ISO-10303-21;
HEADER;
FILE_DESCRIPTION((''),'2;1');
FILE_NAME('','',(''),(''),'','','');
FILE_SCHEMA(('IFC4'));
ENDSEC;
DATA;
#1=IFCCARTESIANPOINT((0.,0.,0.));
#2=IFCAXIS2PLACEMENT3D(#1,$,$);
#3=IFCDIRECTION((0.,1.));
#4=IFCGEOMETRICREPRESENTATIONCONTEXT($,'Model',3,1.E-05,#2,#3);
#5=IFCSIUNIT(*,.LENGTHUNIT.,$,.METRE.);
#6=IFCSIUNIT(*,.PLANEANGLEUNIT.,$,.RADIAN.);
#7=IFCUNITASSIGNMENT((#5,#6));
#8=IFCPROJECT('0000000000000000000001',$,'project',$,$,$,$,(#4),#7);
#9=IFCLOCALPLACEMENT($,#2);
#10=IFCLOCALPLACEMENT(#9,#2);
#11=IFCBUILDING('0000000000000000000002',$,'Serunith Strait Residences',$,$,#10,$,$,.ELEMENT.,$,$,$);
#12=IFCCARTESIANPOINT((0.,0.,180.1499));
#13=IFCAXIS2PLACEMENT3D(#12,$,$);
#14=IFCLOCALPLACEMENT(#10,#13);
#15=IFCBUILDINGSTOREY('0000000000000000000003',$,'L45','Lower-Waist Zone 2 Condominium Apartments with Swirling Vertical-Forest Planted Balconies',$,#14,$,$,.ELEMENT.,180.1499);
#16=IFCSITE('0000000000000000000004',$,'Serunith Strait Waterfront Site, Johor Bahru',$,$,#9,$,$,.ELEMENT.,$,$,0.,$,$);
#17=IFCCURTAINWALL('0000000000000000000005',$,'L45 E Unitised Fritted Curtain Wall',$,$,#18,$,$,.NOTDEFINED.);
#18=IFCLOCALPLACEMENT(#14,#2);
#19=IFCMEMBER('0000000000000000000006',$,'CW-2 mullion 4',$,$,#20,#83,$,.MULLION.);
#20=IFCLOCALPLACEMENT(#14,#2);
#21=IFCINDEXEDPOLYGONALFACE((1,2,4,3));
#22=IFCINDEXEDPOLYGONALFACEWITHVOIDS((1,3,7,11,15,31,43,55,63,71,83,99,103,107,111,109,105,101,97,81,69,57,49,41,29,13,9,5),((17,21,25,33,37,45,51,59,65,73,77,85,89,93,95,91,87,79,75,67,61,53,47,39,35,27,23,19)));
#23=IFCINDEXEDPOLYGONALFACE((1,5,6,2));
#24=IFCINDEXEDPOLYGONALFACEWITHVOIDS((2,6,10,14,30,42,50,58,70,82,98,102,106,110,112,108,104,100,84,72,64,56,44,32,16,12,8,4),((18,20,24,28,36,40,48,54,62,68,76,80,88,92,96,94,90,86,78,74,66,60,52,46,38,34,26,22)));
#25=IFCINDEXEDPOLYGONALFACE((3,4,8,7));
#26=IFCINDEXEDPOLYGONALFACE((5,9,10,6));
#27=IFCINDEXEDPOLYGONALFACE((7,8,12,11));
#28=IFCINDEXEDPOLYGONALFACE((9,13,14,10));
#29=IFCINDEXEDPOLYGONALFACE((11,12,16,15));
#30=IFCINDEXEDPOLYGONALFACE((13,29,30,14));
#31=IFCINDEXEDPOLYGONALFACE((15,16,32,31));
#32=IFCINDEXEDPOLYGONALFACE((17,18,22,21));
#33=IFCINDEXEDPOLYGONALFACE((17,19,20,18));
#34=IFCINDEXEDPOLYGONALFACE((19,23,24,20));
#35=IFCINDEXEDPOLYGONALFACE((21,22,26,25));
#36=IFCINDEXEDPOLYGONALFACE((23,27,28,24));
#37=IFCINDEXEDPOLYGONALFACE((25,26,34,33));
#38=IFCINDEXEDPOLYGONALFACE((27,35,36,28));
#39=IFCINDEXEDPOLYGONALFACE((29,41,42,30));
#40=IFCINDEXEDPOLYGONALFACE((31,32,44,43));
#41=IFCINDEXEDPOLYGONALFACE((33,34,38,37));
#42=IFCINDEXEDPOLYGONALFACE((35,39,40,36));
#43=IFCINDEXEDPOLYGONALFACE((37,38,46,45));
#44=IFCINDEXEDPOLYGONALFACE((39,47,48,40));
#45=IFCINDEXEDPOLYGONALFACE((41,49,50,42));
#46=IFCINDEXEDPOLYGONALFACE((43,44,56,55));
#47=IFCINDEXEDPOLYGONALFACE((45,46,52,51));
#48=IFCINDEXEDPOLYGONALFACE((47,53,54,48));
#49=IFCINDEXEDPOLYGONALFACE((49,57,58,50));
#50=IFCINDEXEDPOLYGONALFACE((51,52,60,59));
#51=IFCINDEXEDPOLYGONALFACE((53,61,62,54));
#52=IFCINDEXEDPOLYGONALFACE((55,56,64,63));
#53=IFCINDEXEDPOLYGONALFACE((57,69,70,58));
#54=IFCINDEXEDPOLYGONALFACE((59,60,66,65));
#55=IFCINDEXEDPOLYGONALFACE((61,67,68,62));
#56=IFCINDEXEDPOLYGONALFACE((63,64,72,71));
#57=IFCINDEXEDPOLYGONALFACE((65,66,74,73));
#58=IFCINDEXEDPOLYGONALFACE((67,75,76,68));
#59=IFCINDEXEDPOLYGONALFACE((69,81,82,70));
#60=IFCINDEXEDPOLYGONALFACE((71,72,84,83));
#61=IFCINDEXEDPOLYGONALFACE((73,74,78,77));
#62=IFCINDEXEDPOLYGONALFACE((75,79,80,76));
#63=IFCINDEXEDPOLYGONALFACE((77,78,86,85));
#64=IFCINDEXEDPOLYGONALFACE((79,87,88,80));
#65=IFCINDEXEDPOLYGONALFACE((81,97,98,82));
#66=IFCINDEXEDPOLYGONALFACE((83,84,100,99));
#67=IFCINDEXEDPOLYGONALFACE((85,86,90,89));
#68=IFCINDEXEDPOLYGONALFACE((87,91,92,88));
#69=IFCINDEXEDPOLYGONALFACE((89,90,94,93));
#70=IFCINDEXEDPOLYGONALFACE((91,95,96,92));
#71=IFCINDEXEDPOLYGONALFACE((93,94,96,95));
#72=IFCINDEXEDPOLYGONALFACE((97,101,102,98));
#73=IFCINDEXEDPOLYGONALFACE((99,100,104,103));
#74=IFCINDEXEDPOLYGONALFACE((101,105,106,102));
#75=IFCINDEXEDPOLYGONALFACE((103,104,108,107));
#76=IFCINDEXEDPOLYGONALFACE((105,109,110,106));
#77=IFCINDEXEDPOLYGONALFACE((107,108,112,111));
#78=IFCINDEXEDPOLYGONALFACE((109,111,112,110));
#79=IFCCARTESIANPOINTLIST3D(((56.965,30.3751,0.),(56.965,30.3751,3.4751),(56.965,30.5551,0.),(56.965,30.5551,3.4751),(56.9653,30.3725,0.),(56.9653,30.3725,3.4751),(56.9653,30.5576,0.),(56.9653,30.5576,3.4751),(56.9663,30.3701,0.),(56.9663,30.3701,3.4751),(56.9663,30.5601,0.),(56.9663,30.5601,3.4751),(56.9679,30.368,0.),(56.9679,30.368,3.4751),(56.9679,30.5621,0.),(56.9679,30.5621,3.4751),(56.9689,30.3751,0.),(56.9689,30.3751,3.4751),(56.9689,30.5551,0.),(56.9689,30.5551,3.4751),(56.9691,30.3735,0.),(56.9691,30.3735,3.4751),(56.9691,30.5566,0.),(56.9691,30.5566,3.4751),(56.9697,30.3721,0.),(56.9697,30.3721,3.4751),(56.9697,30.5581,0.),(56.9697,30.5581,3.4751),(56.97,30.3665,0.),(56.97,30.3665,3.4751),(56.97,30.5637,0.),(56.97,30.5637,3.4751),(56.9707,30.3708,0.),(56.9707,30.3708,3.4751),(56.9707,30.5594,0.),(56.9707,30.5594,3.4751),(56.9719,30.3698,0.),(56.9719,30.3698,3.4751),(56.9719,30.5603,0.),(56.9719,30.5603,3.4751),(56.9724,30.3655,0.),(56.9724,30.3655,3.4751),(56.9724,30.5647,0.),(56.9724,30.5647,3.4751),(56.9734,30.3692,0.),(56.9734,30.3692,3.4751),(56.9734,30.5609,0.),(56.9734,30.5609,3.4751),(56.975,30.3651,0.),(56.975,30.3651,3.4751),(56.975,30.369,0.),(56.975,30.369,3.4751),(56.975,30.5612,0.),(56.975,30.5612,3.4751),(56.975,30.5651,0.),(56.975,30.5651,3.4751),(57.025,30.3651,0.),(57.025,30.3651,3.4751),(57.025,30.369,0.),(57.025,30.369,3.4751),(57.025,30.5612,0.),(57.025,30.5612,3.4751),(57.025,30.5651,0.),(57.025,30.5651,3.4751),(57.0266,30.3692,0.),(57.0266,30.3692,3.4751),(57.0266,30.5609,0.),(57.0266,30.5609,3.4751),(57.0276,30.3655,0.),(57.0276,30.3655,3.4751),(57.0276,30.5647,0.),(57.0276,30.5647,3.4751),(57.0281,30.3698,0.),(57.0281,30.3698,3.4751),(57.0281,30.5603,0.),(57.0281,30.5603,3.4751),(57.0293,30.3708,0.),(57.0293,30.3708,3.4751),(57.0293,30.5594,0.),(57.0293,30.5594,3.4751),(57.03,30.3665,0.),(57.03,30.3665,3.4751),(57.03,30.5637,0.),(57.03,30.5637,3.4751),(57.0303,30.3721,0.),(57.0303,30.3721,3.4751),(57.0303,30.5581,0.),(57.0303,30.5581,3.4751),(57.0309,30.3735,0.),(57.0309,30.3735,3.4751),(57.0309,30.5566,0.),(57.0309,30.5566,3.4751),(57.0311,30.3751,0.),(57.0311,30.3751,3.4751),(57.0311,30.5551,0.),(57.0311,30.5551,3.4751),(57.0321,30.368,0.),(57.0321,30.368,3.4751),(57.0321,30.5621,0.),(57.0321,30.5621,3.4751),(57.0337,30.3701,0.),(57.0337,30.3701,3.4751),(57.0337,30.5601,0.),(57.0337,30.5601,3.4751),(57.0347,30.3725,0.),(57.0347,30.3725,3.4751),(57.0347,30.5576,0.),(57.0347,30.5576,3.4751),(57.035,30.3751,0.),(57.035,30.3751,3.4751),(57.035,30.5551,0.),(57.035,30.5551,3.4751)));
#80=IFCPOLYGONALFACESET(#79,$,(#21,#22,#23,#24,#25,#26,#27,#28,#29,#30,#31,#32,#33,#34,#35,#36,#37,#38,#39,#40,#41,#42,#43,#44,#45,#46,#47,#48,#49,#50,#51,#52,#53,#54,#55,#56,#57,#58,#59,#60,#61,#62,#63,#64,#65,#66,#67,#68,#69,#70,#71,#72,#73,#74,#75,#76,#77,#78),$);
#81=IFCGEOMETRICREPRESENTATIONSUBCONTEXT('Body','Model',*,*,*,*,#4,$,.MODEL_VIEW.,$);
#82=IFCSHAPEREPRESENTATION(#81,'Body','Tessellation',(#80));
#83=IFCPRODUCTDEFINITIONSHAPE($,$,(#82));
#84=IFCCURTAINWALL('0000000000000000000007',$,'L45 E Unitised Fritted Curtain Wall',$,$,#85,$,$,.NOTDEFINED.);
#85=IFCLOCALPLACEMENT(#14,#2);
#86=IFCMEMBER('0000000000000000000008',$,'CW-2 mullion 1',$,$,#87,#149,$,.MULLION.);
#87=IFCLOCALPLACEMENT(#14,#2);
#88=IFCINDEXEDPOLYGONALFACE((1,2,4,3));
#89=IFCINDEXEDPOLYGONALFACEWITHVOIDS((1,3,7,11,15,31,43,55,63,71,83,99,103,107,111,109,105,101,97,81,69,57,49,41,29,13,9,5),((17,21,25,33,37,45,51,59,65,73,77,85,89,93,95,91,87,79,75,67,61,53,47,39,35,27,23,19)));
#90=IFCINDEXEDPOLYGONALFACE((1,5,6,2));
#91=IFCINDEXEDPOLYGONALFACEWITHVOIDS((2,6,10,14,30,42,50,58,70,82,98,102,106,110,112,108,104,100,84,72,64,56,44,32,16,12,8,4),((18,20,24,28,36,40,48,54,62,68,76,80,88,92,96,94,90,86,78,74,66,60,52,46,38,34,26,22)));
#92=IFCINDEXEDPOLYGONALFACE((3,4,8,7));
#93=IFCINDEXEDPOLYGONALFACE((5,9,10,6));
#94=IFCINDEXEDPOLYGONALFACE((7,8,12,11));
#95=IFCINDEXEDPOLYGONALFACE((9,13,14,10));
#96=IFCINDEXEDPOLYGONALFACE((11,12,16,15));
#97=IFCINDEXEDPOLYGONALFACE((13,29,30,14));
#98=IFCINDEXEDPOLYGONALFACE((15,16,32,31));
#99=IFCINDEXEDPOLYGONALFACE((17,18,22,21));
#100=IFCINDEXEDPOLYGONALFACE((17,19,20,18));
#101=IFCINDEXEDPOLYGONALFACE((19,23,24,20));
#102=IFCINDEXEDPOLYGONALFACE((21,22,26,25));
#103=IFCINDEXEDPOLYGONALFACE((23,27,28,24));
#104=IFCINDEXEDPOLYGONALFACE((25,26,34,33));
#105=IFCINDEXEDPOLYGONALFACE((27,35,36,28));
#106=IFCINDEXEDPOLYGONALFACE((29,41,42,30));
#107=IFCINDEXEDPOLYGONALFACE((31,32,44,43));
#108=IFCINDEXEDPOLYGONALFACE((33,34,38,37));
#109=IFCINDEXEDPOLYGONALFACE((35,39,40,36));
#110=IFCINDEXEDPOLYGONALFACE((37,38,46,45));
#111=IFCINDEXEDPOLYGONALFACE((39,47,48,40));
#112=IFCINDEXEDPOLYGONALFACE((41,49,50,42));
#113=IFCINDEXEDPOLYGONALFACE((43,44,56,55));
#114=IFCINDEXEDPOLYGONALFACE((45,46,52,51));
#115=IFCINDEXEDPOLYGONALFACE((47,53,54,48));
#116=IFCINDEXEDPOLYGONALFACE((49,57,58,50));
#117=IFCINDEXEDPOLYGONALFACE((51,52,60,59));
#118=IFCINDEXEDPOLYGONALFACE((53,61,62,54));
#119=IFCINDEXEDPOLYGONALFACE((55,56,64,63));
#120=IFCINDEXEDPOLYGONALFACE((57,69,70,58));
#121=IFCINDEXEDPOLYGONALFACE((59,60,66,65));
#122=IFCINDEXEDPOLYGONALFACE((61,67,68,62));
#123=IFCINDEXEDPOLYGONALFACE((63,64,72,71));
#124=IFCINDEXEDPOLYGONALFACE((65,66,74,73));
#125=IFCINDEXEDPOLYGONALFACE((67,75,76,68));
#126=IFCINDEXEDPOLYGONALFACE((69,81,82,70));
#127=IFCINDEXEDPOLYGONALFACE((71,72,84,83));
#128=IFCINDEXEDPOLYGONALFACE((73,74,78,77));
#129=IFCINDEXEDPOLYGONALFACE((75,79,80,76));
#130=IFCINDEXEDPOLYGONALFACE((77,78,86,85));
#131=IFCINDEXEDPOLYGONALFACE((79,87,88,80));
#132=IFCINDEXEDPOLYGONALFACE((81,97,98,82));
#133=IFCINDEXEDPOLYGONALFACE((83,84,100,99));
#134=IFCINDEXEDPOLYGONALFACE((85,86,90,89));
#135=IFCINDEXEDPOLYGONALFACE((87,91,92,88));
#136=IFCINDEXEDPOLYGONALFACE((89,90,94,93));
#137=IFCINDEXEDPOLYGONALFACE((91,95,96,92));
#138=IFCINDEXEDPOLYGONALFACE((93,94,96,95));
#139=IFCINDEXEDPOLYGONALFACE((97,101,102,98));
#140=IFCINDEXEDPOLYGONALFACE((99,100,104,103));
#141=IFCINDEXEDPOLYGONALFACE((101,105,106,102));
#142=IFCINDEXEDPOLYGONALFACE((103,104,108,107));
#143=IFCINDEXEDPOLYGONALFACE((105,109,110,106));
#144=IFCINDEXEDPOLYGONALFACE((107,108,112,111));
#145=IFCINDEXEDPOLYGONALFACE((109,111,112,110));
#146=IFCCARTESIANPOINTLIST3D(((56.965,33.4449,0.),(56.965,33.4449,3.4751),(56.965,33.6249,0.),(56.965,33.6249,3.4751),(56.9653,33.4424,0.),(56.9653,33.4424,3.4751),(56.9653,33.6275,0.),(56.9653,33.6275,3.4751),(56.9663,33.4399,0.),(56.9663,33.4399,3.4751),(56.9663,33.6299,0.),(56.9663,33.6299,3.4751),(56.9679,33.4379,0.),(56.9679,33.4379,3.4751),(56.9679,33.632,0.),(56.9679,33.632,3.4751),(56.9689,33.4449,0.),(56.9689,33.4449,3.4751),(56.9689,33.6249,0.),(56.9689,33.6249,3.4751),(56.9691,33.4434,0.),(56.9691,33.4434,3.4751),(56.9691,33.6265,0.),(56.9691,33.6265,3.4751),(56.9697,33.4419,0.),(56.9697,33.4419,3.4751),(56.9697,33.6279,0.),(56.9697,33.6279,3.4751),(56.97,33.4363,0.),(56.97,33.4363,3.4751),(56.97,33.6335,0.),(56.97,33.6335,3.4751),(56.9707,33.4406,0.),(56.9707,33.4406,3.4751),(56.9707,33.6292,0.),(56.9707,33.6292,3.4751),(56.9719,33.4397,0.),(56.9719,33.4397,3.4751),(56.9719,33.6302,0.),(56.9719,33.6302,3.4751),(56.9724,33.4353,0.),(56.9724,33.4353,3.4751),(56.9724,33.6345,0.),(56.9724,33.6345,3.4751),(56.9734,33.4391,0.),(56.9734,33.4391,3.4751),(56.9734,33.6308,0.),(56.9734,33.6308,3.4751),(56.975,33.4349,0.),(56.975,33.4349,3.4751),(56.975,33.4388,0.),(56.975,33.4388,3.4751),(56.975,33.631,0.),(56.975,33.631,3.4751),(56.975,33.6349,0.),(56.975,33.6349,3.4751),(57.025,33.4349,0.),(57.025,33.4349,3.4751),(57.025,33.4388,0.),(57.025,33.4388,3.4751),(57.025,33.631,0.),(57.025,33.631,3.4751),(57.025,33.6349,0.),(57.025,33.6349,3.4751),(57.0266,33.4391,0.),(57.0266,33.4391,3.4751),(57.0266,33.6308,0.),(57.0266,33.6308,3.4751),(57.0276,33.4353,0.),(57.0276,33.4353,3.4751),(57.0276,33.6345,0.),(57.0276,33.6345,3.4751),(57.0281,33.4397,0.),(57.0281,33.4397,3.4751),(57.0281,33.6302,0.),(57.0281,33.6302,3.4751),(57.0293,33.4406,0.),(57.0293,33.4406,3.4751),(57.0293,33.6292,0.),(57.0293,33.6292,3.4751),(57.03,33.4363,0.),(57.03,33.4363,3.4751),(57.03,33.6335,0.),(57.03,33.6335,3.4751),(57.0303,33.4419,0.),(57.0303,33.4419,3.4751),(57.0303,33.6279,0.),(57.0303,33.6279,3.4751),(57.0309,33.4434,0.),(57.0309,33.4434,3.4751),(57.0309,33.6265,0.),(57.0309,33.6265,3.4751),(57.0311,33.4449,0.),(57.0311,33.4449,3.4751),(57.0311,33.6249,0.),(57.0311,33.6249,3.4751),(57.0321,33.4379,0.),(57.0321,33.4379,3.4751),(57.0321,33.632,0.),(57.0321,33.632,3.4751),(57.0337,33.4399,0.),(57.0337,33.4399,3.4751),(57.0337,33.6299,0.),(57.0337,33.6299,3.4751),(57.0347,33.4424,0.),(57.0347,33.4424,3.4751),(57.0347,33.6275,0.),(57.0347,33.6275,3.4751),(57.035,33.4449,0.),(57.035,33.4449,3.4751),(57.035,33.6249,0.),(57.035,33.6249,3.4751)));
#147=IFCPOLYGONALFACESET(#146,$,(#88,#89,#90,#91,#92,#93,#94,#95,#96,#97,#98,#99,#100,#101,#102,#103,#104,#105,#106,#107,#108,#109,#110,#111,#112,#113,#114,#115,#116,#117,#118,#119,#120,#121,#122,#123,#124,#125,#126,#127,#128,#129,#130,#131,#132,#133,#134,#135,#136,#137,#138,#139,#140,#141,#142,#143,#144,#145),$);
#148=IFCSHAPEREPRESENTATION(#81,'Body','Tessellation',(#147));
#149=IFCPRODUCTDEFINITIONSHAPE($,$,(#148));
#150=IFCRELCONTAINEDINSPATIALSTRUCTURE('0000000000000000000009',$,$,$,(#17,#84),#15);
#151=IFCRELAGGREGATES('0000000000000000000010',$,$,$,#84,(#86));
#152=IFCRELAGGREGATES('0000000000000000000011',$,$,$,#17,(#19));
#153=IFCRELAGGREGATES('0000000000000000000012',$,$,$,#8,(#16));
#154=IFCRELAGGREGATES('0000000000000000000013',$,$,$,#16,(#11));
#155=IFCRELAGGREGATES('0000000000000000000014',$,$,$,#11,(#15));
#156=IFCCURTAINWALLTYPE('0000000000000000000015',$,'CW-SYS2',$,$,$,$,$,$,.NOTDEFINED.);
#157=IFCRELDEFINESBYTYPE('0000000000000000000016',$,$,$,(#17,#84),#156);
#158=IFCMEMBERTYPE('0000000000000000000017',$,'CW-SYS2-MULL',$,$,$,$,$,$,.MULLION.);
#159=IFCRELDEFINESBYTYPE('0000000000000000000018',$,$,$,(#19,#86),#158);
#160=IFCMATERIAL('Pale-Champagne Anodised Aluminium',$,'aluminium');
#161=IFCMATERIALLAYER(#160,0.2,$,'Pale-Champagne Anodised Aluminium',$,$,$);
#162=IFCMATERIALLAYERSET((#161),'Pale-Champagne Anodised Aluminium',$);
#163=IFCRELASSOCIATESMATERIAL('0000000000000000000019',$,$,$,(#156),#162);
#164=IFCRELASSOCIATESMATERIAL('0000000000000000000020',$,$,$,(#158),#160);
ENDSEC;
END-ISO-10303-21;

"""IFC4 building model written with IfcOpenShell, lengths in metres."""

from ifc_helpers import new_model, si_unit, direction, frame, origin, origin_2d, place, context, subcontext, project, spatial, hollow_rectangle, extrude, source, transform, mapped, material, layer, layer_set, material_profile, profile_set, type_object, element, aggregate, save


model = new_model("IFC4")

# Units and contexts
model_context = context("Model", 3, precision=1e-05, world=origin(), true_north=direction((0.0, 1.0)))
body_context = subcontext(model_context, "Body", "Model", "MODEL_VIEW")
ifc_project = project(units=[si_unit("LENGTHUNIT", "METRE"), si_unit("PLANEANGLEUNIT", "RADIAN")], contexts=[model_context])

# Site, building, storey
site_placement = place(None, origin())
site = spatial("IfcSite", under=ifc_project, at=site_placement, Name="Serunith Strait Waterfront Site, Johor Bahru", CompositionType="ELEMENT", RefElevation=0.0)
building_placement = place(site_placement, origin())
building = spatial("IfcBuilding", under=site, at=building_placement, Name="Serunith Strait Residences", CompositionType="ELEMENT")
storey_placement = place(building_placement, frame((0.0, 0.0, 180.1499)))
storey = spatial("IfcBuildingStorey", under=building, at=storey_placement, Name="L45", Description="Lower-Waist Zone 2 Condominium Apartments with Swirling Vertical-Forest Planted Balconies", CompositionType="ELEMENT", Elevation=180.1499)

# Curtain wall, member
ifc_material_1 = material(Name="Pale-Champagne Anodised Aluminium", Category="aluminium")
ifc_layer_1 = layer(ifc_material_1, 0.2, Name="Pale-Champagne Anodised Aluminium")
ifc_layer_set_1 = layer_set([ifc_layer_1], Name="Pale-Champagne Anodised Aluminium")
curtain_wall_type = type_object("IfcCurtainWallType", Name="CW-SYS2", PredefinedType="NOTDEFINED", material=ifc_layer_set_1)
curtain_wall_1_placement = place(storey_placement, origin())
curtain_wall_1 = element("IfcCurtainWall", 1, at=curtain_wall_1_placement, inside=storey, type_object=curtain_wall_type, Name="L45 E Unitised Fritted Curtain Wall", PredefinedType="NOTDEFINED")
ifc_material_profile_1 = material_profile(ifc_material_1, hollow_rectangle(XDim=0.0701, YDim=0.2, WallThickness=0.0039, InnerFilletRadius=0.0061, OuterFilletRadius=0.01, at=origin_2d()), Name="ALU 200x70x4")
ifc_profile_set_1 = profile_set([ifc_material_profile_1], Name="Pale-Champagne Anodised Aluminium")
member_type_1 = type_object("IfcMemberType", Name="CW-SYS2-MULL", PredefinedType="MULLION", material=ifc_profile_set_1)
shared_shape_1 = source(origin(), body_context, "Body", "SweptSolid", [
    extrude(hollow_rectangle(XDim=0.0701, YDim=0.2, WallThickness=0.0039, InnerFilletRadius=0.0061, OuterFilletRadius=0.01, at=origin_2d()), origin(), (0.0, 0.0, 1.0), 3.4751),
])
member_1_placement = place(storey_placement, frame((57.0, 30.4651, 0.0), z_axis=(0.0, 0.0, 1.0), x_axis=(-1.0, 0.0, 0.0)))
member_1 = element("IfcMember", 2, at=member_1_placement, type_object=member_type_1, Name="CW-2 mullion 4", PredefinedType="MULLION", context=body_context, shape_type="MappedRepresentation", body=[
    mapped(shared_shape_1, transform((0.0, 0.0, 0.0), scale=1.0)),
])

# Curtain wall, member
curtain_wall_2_placement = place(storey_placement, origin())
curtain_wall_2 = element("IfcCurtainWall", 3, at=curtain_wall_2_placement, inside=storey, type_object=curtain_wall_type, Name="L45 E Unitised Fritted Curtain Wall", PredefinedType="NOTDEFINED")
member_2_placement = place(storey_placement, frame((57.0, 33.5349, 0.0), z_axis=(0.0, 0.0, 1.0), x_axis=(-1.0, 0.0, 0.0)))
member_2 = element("IfcMember", 4, at=member_2_placement, type_object=member_type_1, Name="CW-2 mullion 1", PredefinedType="MULLION", context=body_context, shape_type="MappedRepresentation", body=[
    mapped(shared_shape_1, transform((0.0, 0.0, 0.0), scale=1.0)),
])
aggregate(curtain_wall_2, [member_2])

aggregate(curtain_wall_1, [member_1])

save(model, "model.ifc")
